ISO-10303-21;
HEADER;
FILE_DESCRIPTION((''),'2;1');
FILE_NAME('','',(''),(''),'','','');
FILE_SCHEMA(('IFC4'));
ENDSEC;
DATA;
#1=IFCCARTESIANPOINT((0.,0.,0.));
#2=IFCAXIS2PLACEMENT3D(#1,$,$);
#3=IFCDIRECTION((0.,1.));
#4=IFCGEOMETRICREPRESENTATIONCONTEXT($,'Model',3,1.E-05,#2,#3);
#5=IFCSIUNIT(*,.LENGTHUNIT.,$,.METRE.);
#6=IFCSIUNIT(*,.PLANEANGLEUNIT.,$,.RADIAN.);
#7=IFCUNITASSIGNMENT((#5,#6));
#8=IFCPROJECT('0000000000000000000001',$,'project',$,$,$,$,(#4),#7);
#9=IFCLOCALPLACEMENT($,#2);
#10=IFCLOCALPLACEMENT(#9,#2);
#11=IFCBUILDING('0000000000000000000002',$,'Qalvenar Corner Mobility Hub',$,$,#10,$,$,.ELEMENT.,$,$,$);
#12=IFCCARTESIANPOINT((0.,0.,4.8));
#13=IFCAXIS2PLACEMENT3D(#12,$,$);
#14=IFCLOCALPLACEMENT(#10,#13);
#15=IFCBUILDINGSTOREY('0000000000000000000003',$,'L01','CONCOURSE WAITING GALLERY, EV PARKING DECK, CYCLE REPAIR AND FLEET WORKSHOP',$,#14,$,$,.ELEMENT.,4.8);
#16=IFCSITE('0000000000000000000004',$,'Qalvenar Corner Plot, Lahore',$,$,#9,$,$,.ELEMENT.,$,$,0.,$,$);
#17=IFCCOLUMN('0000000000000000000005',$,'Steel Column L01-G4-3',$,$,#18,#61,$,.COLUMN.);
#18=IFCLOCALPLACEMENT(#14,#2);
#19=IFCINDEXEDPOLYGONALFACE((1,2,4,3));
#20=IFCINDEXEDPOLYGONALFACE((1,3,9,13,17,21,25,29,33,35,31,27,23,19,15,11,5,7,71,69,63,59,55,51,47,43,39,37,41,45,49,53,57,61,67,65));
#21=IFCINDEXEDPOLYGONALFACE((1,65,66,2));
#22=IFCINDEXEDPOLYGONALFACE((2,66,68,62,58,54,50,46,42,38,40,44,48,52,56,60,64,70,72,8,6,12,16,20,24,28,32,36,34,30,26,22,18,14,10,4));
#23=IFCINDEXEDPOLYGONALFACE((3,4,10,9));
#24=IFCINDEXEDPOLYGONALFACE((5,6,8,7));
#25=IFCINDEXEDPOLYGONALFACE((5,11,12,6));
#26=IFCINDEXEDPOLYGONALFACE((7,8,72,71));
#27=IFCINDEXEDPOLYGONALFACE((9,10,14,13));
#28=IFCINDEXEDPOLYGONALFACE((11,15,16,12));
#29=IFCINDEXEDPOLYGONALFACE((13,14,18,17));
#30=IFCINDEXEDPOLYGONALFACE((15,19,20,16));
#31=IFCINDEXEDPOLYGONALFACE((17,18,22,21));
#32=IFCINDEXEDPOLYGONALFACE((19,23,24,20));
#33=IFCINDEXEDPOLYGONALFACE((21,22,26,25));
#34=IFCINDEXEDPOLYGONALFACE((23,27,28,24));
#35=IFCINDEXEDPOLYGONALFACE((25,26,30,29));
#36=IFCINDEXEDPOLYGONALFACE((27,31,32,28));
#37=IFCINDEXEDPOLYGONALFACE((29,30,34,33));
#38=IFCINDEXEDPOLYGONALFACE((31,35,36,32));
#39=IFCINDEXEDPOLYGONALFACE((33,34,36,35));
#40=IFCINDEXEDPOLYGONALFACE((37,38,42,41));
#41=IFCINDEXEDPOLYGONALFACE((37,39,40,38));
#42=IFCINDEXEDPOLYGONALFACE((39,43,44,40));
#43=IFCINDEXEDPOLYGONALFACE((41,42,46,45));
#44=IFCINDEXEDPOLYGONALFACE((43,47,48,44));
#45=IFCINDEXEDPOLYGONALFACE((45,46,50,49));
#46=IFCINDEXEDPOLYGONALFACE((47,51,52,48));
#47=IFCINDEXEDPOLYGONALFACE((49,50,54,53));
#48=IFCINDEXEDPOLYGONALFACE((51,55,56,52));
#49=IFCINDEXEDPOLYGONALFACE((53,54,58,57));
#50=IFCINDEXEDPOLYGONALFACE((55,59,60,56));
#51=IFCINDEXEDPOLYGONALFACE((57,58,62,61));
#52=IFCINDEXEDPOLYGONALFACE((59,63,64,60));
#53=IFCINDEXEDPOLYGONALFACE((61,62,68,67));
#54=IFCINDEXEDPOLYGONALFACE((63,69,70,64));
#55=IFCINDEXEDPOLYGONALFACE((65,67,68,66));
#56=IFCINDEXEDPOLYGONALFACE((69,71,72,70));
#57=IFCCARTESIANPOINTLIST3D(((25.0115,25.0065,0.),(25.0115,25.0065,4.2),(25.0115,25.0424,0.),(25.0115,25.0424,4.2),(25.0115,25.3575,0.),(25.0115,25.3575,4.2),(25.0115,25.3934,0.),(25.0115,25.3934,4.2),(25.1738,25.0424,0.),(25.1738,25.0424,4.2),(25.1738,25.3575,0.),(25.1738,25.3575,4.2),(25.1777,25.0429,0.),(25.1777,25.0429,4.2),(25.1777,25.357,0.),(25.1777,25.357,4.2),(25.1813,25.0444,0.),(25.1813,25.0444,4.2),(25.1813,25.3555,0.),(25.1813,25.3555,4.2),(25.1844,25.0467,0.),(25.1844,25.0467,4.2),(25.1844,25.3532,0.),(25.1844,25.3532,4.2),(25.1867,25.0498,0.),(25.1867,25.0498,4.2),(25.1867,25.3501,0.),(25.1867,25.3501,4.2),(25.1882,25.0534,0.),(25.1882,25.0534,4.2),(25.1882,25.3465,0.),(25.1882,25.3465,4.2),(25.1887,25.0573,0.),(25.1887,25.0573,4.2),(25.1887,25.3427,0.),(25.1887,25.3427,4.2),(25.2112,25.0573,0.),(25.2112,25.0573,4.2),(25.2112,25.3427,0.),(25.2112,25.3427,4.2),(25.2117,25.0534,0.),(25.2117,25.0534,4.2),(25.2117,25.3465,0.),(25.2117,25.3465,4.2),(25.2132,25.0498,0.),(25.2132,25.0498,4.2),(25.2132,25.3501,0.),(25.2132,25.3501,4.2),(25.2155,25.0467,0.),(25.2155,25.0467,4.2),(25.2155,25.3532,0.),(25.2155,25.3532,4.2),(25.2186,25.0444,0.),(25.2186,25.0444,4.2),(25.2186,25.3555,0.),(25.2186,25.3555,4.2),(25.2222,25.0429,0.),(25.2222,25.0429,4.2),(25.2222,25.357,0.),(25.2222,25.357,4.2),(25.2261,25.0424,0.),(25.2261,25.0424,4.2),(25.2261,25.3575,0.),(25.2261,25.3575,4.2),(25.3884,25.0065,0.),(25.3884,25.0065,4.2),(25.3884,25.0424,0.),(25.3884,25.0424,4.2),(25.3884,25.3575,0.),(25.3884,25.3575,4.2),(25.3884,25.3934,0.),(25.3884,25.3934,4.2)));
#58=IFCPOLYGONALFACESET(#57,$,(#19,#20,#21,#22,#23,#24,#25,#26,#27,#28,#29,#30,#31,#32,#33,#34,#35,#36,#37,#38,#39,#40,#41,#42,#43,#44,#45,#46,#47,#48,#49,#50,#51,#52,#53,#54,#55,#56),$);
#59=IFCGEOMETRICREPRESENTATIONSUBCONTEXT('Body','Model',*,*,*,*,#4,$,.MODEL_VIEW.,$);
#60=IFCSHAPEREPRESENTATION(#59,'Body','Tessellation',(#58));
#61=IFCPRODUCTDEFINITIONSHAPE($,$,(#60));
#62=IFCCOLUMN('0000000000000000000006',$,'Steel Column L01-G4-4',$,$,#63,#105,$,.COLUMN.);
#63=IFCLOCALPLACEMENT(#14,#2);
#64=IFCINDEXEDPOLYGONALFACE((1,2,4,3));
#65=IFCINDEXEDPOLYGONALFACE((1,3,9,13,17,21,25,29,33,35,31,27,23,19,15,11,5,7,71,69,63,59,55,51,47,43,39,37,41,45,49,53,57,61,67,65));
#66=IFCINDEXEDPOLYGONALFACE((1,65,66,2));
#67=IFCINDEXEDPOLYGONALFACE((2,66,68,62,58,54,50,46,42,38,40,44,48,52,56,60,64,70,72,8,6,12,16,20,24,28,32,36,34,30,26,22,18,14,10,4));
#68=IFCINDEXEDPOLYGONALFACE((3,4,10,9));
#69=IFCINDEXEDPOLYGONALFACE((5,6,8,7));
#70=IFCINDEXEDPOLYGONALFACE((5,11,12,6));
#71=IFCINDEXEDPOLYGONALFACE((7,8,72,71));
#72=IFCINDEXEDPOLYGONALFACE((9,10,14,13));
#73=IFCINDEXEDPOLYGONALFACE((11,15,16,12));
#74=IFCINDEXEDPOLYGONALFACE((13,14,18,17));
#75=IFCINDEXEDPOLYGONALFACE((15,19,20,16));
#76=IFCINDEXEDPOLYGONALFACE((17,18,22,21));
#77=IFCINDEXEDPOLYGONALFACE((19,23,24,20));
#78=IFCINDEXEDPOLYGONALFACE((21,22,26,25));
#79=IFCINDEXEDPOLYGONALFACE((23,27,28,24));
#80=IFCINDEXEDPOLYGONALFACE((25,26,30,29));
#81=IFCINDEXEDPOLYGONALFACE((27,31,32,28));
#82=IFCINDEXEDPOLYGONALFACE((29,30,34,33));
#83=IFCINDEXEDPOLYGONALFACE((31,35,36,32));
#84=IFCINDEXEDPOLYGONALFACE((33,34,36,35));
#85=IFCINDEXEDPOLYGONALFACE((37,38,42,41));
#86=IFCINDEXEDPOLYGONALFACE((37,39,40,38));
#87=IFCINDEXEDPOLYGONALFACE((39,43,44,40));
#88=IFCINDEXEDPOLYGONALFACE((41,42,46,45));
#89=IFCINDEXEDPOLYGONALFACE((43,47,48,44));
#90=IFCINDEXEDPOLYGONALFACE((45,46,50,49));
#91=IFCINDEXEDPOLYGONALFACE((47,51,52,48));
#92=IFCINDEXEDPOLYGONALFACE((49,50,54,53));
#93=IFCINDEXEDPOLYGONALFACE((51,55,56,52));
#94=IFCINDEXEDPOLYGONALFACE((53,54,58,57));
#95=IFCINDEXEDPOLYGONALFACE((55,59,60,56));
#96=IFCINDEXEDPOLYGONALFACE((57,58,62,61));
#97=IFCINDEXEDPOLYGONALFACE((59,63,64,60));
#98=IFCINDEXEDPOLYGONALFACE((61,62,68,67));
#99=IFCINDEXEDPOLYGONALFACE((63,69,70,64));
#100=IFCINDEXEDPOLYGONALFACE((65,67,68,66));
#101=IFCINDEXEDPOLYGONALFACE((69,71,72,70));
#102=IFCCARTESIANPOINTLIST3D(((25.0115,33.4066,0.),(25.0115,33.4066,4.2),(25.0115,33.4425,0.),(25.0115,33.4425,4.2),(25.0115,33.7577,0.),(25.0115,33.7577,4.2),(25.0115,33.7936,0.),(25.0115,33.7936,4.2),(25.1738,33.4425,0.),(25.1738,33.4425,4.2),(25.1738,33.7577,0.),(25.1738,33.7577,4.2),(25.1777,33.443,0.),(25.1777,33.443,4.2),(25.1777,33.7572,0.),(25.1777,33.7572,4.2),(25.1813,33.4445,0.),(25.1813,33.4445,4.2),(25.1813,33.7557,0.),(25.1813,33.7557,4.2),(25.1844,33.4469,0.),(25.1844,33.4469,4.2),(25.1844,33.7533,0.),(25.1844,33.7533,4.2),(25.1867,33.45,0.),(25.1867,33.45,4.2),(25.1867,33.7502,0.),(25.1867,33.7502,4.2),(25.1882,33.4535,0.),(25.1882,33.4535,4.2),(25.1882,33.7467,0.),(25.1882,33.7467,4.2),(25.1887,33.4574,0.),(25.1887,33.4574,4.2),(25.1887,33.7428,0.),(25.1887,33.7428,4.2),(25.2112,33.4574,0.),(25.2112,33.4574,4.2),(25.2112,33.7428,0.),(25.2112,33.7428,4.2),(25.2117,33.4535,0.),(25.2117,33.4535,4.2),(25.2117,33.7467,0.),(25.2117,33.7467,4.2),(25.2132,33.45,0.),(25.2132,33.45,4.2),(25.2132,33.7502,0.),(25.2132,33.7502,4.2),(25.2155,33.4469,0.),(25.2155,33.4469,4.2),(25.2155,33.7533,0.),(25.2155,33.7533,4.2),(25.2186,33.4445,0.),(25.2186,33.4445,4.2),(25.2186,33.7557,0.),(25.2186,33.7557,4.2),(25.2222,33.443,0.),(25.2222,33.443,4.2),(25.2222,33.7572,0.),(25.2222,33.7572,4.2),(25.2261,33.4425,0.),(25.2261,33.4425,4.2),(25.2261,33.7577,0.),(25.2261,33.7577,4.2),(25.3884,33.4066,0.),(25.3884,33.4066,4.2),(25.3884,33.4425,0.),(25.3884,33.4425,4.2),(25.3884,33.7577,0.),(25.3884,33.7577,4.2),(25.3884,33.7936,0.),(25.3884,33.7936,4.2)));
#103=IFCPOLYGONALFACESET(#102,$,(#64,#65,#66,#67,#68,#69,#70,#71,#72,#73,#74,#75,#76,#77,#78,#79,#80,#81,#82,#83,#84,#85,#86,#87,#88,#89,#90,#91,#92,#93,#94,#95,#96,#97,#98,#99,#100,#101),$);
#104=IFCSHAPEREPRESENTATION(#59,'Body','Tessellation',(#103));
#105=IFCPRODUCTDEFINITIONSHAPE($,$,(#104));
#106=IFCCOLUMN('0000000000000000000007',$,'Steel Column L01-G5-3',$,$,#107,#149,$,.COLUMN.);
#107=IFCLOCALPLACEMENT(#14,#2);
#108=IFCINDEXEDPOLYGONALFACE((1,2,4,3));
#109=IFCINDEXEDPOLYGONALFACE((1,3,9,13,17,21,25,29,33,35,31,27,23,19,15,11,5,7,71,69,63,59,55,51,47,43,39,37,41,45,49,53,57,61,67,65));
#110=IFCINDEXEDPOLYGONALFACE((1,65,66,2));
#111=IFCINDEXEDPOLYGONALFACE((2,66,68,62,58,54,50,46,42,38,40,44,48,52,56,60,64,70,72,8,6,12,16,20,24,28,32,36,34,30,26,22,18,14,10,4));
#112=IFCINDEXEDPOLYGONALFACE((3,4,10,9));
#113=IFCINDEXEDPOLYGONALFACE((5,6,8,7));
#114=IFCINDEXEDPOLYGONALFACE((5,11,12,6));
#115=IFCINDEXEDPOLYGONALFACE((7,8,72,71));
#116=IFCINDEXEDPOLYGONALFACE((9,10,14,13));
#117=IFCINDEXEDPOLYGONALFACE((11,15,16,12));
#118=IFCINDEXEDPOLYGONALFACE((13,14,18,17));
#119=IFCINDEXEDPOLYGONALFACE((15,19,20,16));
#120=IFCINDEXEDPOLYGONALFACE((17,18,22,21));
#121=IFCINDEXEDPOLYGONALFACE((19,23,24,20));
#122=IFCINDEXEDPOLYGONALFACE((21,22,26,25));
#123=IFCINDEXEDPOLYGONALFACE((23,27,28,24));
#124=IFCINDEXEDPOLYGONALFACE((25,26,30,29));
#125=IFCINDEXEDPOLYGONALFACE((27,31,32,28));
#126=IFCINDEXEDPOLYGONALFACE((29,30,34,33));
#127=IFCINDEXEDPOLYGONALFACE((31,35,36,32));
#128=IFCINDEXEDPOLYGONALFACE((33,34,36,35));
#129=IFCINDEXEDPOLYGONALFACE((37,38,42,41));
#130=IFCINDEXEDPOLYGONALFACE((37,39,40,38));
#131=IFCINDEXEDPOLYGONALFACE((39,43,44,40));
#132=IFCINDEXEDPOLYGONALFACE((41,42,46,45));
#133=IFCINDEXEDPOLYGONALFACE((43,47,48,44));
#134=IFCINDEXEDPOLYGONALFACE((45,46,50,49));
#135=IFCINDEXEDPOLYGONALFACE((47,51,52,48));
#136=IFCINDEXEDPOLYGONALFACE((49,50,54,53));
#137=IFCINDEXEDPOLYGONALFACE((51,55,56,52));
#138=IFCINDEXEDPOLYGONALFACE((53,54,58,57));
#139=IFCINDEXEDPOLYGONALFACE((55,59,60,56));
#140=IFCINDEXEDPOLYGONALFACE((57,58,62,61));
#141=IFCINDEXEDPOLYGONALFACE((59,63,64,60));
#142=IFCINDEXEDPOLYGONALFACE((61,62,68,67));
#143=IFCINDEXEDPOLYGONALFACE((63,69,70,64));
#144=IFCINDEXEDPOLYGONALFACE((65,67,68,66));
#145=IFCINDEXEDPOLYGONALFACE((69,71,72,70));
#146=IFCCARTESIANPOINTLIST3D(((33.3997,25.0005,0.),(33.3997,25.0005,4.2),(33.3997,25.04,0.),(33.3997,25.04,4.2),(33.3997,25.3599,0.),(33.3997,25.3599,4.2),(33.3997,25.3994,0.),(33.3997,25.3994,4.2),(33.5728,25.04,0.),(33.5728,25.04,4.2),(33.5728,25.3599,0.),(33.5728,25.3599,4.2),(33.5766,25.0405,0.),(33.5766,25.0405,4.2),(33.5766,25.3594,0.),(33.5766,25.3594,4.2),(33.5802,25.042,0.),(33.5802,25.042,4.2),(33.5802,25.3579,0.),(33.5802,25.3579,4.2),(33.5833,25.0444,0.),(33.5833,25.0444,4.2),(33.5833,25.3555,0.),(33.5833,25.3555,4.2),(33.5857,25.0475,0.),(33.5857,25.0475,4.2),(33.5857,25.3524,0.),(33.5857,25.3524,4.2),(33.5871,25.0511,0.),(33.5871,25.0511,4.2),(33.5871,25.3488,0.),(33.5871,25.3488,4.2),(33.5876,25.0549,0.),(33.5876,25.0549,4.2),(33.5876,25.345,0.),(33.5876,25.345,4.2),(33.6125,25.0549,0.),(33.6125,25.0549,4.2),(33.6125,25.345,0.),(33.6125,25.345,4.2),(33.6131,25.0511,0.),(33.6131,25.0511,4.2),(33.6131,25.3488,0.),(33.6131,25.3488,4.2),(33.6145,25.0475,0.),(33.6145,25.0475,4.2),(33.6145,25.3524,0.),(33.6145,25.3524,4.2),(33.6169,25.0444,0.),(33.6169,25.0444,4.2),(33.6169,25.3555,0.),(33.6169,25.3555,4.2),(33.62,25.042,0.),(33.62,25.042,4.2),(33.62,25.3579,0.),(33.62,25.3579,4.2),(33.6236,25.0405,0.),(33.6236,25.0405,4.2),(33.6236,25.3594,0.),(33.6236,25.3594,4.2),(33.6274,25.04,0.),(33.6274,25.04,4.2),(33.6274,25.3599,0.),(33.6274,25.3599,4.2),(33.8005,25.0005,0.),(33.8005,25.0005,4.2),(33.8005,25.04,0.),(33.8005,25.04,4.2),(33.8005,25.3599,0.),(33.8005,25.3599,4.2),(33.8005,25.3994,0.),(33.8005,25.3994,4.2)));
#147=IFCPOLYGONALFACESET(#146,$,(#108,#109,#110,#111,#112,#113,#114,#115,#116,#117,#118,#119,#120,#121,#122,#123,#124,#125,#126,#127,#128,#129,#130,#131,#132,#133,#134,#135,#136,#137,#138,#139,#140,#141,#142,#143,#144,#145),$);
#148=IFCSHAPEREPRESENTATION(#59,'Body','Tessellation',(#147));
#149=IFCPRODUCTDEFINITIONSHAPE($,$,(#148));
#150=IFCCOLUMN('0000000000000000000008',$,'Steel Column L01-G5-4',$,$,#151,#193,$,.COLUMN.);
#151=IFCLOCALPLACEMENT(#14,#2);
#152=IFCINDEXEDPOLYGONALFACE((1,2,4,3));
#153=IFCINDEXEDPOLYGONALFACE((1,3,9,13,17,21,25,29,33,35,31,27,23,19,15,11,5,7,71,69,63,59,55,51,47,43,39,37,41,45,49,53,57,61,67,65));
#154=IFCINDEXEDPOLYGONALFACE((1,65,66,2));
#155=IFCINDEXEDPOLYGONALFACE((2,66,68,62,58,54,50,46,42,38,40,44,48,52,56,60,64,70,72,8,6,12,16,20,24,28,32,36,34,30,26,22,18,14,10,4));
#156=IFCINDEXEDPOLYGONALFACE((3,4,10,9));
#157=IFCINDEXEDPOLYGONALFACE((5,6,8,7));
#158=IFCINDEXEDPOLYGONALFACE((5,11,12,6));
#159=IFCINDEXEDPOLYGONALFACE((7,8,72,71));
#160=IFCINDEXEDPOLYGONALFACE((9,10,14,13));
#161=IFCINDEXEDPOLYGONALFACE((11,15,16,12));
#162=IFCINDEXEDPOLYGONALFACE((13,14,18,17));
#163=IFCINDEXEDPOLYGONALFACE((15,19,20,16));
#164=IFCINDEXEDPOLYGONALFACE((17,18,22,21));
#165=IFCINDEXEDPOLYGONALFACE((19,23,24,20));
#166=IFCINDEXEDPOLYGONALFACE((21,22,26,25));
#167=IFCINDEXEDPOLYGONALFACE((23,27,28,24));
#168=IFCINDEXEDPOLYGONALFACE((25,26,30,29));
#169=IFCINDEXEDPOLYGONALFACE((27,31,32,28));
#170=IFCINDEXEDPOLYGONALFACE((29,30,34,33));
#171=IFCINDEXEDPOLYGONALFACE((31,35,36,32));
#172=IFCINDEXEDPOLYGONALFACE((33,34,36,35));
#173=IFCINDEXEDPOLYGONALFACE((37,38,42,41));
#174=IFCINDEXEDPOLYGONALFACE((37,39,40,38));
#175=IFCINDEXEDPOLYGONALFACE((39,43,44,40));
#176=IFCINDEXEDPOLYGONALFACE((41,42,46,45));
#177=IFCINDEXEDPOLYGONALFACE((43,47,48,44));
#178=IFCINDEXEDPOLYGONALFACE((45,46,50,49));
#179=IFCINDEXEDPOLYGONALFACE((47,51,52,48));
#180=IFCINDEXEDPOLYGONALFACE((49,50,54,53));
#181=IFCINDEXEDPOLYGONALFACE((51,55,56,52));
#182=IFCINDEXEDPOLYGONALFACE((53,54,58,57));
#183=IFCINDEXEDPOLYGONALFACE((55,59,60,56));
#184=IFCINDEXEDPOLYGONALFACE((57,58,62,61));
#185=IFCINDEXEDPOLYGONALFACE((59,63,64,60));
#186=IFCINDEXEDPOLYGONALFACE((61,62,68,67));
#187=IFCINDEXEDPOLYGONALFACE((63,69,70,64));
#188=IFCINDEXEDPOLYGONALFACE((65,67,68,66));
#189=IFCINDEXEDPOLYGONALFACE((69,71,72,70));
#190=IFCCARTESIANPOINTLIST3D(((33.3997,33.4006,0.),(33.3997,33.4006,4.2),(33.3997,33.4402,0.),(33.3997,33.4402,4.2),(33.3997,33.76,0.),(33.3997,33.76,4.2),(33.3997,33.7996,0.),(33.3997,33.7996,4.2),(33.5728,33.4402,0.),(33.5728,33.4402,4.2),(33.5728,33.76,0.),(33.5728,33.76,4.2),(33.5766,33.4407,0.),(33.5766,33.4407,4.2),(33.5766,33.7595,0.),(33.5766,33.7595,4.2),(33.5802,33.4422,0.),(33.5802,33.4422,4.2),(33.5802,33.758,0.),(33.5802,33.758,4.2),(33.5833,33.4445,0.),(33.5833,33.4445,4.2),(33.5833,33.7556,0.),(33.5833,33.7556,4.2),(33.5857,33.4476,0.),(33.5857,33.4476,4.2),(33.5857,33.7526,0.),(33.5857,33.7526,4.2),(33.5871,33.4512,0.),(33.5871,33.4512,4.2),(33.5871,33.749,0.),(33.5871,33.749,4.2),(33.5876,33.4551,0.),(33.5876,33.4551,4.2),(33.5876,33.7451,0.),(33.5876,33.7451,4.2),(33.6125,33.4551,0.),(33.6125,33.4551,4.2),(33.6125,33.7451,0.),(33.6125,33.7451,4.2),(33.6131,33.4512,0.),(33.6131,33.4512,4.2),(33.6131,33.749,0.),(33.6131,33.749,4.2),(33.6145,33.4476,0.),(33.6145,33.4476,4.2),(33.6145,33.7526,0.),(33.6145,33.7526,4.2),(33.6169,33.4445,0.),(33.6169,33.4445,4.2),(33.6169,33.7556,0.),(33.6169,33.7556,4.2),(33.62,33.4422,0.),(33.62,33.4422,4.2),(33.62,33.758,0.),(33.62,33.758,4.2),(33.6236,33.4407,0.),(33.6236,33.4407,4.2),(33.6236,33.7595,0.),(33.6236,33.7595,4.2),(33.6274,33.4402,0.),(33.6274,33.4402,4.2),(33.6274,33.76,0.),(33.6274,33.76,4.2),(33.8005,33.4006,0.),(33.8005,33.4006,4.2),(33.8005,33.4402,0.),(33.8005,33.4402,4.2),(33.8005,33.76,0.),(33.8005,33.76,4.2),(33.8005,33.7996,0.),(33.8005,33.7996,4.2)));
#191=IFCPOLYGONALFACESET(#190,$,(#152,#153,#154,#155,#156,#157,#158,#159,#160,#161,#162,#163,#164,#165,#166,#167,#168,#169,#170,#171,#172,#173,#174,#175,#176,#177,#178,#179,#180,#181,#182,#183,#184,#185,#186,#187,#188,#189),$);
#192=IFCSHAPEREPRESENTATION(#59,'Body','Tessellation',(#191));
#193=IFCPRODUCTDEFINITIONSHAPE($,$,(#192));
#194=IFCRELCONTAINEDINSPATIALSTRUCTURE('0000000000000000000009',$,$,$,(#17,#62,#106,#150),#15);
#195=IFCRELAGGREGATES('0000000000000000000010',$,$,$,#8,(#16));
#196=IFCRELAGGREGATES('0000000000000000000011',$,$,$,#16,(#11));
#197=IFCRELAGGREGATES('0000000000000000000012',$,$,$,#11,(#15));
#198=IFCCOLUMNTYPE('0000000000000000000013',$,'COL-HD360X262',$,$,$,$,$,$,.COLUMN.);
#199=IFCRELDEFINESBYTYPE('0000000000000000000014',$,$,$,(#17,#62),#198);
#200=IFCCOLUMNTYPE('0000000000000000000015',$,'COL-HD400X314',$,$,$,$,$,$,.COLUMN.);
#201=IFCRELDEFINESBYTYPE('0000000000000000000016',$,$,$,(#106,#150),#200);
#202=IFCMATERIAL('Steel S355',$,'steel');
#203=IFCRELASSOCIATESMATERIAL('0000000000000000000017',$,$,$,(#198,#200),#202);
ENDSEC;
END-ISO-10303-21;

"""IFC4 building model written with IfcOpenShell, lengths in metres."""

from ifc_helpers import new_model, si_unit, direction, frame, origin, origin_2d, place, context, subcontext, project, spatial, i_section, extrude, material, material_profile, profile_set, type_object, element, save


model = new_model("IFC4")

# Units and contexts
model_context = context("Model", 3, precision=1e-05, world=origin(), true_north=direction((0.0, 1.0)))
body_context = subcontext(model_context, "Body", "Model", "MODEL_VIEW")
ifc_project = project(units=[si_unit("LENGTHUNIT", "METRE"), si_unit("PLANEANGLEUNIT", "RADIAN")], contexts=[model_context])

# Site, building, storey
site_placement = place(None, origin())
site = spatial("IfcSite", under=ifc_project, at=site_placement, Name="Qalvenar Corner Plot, Lahore", CompositionType="ELEMENT", RefElevation=0.0)
building_placement = place(site_placement, origin())
building = spatial("IfcBuilding", under=site, at=building_placement, Name="Qalvenar Corner Mobility Hub", CompositionType="ELEMENT")
storey_placement = place(building_placement, frame((0.0, 0.0, 4.8)))
storey = spatial("IfcBuildingStorey", under=building, at=storey_placement, Name="L01", Description="CONCOURSE WAITING GALLERY, EV PARKING DECK, CYCLE REPAIR AND FLEET WORKSHOP", CompositionType="ELEMENT", Elevation=4.8)

# Columns
ifc_material_1 = material(Name="Steel S355", Category="steel")
ifc_material_profile_1 = material_profile(ifc_material_1, i_section(OverallWidth=0.377, OverallDepth=0.387, WebThickness=0.0225, FlangeThickness=0.0359, FilletRadius=0.0149, at=origin_2d()), Name="HD360x262")
ifc_profile_set_1 = profile_set([ifc_material_profile_1], Name="Steel S355")
column_type_1 = type_object("IfcColumnType", Name="COL-HD360X262", PredefinedType="COLUMN", material=ifc_profile_set_1)
for number, where, z_axis, x_axis, name in (
    (1, (25.2, 25.2, 0.0), (0.0, 0.0, 1.0), (1.0, 0.0, 0.0), "Steel Column L01-G4-3"),
    (2, (25.2, 33.6001, 0.0), (0.0, 0.0, 1.0), (1.0, 0.0, 0.0), "Steel Column L01-G4-4"),
):
    element("IfcColumn", number, at=place(storey_placement, frame(where, z_axis=z_axis, x_axis=x_axis)), inside=storey, type_object=column_type_1, Name=name, PredefinedType="COLUMN", context=body_context, shape_type="SweptSolid", body=[
        extrude(i_section(OverallWidth=0.377, OverallDepth=0.387, WebThickness=0.0225, FlangeThickness=0.0359, FilletRadius=0.0149, at=origin_2d()), origin(), (0.0, 0.0, 1.0), 4.2),
    ])
ifc_material_profile_2 = material_profile(ifc_material_1, i_section(OverallWidth=0.4009, OverallDepth=0.3989, WebThickness=0.0249, FlangeThickness=0.0396, FilletRadius=0.0149, at=origin_2d()), Name="HD400x314")
ifc_profile_set_2 = profile_set([ifc_material_profile_2], Name="Steel S355")
column_type_2 = type_object("IfcColumnType", Name="COL-HD400X314", PredefinedType="COLUMN", material=ifc_profile_set_2)
for number, where, z_axis, x_axis, name in (
    (3, (33.6001, 25.2, 0.0), (0.0, 0.0, 1.0), (1.0, 0.0, 0.0), "Steel Column L01-G5-3"),
    (4, (33.6001, 33.6001, 0.0), (0.0, 0.0, 1.0), (1.0, 0.0, 0.0), "Steel Column L01-G5-4"),
):
    element("IfcColumn", number, at=place(storey_placement, frame(where, z_axis=z_axis, x_axis=x_axis)), inside=storey, type_object=column_type_2, Name=name, PredefinedType="COLUMN", context=body_context, shape_type="SweptSolid", body=[
        extrude(i_section(OverallWidth=0.4009, OverallDepth=0.3989, WebThickness=0.0249, FlangeThickness=0.0396, FilletRadius=0.0149, at=origin_2d()), origin(), (0.0, 0.0, 1.0), 4.2),
    ])

save(model, "model.ifc")
